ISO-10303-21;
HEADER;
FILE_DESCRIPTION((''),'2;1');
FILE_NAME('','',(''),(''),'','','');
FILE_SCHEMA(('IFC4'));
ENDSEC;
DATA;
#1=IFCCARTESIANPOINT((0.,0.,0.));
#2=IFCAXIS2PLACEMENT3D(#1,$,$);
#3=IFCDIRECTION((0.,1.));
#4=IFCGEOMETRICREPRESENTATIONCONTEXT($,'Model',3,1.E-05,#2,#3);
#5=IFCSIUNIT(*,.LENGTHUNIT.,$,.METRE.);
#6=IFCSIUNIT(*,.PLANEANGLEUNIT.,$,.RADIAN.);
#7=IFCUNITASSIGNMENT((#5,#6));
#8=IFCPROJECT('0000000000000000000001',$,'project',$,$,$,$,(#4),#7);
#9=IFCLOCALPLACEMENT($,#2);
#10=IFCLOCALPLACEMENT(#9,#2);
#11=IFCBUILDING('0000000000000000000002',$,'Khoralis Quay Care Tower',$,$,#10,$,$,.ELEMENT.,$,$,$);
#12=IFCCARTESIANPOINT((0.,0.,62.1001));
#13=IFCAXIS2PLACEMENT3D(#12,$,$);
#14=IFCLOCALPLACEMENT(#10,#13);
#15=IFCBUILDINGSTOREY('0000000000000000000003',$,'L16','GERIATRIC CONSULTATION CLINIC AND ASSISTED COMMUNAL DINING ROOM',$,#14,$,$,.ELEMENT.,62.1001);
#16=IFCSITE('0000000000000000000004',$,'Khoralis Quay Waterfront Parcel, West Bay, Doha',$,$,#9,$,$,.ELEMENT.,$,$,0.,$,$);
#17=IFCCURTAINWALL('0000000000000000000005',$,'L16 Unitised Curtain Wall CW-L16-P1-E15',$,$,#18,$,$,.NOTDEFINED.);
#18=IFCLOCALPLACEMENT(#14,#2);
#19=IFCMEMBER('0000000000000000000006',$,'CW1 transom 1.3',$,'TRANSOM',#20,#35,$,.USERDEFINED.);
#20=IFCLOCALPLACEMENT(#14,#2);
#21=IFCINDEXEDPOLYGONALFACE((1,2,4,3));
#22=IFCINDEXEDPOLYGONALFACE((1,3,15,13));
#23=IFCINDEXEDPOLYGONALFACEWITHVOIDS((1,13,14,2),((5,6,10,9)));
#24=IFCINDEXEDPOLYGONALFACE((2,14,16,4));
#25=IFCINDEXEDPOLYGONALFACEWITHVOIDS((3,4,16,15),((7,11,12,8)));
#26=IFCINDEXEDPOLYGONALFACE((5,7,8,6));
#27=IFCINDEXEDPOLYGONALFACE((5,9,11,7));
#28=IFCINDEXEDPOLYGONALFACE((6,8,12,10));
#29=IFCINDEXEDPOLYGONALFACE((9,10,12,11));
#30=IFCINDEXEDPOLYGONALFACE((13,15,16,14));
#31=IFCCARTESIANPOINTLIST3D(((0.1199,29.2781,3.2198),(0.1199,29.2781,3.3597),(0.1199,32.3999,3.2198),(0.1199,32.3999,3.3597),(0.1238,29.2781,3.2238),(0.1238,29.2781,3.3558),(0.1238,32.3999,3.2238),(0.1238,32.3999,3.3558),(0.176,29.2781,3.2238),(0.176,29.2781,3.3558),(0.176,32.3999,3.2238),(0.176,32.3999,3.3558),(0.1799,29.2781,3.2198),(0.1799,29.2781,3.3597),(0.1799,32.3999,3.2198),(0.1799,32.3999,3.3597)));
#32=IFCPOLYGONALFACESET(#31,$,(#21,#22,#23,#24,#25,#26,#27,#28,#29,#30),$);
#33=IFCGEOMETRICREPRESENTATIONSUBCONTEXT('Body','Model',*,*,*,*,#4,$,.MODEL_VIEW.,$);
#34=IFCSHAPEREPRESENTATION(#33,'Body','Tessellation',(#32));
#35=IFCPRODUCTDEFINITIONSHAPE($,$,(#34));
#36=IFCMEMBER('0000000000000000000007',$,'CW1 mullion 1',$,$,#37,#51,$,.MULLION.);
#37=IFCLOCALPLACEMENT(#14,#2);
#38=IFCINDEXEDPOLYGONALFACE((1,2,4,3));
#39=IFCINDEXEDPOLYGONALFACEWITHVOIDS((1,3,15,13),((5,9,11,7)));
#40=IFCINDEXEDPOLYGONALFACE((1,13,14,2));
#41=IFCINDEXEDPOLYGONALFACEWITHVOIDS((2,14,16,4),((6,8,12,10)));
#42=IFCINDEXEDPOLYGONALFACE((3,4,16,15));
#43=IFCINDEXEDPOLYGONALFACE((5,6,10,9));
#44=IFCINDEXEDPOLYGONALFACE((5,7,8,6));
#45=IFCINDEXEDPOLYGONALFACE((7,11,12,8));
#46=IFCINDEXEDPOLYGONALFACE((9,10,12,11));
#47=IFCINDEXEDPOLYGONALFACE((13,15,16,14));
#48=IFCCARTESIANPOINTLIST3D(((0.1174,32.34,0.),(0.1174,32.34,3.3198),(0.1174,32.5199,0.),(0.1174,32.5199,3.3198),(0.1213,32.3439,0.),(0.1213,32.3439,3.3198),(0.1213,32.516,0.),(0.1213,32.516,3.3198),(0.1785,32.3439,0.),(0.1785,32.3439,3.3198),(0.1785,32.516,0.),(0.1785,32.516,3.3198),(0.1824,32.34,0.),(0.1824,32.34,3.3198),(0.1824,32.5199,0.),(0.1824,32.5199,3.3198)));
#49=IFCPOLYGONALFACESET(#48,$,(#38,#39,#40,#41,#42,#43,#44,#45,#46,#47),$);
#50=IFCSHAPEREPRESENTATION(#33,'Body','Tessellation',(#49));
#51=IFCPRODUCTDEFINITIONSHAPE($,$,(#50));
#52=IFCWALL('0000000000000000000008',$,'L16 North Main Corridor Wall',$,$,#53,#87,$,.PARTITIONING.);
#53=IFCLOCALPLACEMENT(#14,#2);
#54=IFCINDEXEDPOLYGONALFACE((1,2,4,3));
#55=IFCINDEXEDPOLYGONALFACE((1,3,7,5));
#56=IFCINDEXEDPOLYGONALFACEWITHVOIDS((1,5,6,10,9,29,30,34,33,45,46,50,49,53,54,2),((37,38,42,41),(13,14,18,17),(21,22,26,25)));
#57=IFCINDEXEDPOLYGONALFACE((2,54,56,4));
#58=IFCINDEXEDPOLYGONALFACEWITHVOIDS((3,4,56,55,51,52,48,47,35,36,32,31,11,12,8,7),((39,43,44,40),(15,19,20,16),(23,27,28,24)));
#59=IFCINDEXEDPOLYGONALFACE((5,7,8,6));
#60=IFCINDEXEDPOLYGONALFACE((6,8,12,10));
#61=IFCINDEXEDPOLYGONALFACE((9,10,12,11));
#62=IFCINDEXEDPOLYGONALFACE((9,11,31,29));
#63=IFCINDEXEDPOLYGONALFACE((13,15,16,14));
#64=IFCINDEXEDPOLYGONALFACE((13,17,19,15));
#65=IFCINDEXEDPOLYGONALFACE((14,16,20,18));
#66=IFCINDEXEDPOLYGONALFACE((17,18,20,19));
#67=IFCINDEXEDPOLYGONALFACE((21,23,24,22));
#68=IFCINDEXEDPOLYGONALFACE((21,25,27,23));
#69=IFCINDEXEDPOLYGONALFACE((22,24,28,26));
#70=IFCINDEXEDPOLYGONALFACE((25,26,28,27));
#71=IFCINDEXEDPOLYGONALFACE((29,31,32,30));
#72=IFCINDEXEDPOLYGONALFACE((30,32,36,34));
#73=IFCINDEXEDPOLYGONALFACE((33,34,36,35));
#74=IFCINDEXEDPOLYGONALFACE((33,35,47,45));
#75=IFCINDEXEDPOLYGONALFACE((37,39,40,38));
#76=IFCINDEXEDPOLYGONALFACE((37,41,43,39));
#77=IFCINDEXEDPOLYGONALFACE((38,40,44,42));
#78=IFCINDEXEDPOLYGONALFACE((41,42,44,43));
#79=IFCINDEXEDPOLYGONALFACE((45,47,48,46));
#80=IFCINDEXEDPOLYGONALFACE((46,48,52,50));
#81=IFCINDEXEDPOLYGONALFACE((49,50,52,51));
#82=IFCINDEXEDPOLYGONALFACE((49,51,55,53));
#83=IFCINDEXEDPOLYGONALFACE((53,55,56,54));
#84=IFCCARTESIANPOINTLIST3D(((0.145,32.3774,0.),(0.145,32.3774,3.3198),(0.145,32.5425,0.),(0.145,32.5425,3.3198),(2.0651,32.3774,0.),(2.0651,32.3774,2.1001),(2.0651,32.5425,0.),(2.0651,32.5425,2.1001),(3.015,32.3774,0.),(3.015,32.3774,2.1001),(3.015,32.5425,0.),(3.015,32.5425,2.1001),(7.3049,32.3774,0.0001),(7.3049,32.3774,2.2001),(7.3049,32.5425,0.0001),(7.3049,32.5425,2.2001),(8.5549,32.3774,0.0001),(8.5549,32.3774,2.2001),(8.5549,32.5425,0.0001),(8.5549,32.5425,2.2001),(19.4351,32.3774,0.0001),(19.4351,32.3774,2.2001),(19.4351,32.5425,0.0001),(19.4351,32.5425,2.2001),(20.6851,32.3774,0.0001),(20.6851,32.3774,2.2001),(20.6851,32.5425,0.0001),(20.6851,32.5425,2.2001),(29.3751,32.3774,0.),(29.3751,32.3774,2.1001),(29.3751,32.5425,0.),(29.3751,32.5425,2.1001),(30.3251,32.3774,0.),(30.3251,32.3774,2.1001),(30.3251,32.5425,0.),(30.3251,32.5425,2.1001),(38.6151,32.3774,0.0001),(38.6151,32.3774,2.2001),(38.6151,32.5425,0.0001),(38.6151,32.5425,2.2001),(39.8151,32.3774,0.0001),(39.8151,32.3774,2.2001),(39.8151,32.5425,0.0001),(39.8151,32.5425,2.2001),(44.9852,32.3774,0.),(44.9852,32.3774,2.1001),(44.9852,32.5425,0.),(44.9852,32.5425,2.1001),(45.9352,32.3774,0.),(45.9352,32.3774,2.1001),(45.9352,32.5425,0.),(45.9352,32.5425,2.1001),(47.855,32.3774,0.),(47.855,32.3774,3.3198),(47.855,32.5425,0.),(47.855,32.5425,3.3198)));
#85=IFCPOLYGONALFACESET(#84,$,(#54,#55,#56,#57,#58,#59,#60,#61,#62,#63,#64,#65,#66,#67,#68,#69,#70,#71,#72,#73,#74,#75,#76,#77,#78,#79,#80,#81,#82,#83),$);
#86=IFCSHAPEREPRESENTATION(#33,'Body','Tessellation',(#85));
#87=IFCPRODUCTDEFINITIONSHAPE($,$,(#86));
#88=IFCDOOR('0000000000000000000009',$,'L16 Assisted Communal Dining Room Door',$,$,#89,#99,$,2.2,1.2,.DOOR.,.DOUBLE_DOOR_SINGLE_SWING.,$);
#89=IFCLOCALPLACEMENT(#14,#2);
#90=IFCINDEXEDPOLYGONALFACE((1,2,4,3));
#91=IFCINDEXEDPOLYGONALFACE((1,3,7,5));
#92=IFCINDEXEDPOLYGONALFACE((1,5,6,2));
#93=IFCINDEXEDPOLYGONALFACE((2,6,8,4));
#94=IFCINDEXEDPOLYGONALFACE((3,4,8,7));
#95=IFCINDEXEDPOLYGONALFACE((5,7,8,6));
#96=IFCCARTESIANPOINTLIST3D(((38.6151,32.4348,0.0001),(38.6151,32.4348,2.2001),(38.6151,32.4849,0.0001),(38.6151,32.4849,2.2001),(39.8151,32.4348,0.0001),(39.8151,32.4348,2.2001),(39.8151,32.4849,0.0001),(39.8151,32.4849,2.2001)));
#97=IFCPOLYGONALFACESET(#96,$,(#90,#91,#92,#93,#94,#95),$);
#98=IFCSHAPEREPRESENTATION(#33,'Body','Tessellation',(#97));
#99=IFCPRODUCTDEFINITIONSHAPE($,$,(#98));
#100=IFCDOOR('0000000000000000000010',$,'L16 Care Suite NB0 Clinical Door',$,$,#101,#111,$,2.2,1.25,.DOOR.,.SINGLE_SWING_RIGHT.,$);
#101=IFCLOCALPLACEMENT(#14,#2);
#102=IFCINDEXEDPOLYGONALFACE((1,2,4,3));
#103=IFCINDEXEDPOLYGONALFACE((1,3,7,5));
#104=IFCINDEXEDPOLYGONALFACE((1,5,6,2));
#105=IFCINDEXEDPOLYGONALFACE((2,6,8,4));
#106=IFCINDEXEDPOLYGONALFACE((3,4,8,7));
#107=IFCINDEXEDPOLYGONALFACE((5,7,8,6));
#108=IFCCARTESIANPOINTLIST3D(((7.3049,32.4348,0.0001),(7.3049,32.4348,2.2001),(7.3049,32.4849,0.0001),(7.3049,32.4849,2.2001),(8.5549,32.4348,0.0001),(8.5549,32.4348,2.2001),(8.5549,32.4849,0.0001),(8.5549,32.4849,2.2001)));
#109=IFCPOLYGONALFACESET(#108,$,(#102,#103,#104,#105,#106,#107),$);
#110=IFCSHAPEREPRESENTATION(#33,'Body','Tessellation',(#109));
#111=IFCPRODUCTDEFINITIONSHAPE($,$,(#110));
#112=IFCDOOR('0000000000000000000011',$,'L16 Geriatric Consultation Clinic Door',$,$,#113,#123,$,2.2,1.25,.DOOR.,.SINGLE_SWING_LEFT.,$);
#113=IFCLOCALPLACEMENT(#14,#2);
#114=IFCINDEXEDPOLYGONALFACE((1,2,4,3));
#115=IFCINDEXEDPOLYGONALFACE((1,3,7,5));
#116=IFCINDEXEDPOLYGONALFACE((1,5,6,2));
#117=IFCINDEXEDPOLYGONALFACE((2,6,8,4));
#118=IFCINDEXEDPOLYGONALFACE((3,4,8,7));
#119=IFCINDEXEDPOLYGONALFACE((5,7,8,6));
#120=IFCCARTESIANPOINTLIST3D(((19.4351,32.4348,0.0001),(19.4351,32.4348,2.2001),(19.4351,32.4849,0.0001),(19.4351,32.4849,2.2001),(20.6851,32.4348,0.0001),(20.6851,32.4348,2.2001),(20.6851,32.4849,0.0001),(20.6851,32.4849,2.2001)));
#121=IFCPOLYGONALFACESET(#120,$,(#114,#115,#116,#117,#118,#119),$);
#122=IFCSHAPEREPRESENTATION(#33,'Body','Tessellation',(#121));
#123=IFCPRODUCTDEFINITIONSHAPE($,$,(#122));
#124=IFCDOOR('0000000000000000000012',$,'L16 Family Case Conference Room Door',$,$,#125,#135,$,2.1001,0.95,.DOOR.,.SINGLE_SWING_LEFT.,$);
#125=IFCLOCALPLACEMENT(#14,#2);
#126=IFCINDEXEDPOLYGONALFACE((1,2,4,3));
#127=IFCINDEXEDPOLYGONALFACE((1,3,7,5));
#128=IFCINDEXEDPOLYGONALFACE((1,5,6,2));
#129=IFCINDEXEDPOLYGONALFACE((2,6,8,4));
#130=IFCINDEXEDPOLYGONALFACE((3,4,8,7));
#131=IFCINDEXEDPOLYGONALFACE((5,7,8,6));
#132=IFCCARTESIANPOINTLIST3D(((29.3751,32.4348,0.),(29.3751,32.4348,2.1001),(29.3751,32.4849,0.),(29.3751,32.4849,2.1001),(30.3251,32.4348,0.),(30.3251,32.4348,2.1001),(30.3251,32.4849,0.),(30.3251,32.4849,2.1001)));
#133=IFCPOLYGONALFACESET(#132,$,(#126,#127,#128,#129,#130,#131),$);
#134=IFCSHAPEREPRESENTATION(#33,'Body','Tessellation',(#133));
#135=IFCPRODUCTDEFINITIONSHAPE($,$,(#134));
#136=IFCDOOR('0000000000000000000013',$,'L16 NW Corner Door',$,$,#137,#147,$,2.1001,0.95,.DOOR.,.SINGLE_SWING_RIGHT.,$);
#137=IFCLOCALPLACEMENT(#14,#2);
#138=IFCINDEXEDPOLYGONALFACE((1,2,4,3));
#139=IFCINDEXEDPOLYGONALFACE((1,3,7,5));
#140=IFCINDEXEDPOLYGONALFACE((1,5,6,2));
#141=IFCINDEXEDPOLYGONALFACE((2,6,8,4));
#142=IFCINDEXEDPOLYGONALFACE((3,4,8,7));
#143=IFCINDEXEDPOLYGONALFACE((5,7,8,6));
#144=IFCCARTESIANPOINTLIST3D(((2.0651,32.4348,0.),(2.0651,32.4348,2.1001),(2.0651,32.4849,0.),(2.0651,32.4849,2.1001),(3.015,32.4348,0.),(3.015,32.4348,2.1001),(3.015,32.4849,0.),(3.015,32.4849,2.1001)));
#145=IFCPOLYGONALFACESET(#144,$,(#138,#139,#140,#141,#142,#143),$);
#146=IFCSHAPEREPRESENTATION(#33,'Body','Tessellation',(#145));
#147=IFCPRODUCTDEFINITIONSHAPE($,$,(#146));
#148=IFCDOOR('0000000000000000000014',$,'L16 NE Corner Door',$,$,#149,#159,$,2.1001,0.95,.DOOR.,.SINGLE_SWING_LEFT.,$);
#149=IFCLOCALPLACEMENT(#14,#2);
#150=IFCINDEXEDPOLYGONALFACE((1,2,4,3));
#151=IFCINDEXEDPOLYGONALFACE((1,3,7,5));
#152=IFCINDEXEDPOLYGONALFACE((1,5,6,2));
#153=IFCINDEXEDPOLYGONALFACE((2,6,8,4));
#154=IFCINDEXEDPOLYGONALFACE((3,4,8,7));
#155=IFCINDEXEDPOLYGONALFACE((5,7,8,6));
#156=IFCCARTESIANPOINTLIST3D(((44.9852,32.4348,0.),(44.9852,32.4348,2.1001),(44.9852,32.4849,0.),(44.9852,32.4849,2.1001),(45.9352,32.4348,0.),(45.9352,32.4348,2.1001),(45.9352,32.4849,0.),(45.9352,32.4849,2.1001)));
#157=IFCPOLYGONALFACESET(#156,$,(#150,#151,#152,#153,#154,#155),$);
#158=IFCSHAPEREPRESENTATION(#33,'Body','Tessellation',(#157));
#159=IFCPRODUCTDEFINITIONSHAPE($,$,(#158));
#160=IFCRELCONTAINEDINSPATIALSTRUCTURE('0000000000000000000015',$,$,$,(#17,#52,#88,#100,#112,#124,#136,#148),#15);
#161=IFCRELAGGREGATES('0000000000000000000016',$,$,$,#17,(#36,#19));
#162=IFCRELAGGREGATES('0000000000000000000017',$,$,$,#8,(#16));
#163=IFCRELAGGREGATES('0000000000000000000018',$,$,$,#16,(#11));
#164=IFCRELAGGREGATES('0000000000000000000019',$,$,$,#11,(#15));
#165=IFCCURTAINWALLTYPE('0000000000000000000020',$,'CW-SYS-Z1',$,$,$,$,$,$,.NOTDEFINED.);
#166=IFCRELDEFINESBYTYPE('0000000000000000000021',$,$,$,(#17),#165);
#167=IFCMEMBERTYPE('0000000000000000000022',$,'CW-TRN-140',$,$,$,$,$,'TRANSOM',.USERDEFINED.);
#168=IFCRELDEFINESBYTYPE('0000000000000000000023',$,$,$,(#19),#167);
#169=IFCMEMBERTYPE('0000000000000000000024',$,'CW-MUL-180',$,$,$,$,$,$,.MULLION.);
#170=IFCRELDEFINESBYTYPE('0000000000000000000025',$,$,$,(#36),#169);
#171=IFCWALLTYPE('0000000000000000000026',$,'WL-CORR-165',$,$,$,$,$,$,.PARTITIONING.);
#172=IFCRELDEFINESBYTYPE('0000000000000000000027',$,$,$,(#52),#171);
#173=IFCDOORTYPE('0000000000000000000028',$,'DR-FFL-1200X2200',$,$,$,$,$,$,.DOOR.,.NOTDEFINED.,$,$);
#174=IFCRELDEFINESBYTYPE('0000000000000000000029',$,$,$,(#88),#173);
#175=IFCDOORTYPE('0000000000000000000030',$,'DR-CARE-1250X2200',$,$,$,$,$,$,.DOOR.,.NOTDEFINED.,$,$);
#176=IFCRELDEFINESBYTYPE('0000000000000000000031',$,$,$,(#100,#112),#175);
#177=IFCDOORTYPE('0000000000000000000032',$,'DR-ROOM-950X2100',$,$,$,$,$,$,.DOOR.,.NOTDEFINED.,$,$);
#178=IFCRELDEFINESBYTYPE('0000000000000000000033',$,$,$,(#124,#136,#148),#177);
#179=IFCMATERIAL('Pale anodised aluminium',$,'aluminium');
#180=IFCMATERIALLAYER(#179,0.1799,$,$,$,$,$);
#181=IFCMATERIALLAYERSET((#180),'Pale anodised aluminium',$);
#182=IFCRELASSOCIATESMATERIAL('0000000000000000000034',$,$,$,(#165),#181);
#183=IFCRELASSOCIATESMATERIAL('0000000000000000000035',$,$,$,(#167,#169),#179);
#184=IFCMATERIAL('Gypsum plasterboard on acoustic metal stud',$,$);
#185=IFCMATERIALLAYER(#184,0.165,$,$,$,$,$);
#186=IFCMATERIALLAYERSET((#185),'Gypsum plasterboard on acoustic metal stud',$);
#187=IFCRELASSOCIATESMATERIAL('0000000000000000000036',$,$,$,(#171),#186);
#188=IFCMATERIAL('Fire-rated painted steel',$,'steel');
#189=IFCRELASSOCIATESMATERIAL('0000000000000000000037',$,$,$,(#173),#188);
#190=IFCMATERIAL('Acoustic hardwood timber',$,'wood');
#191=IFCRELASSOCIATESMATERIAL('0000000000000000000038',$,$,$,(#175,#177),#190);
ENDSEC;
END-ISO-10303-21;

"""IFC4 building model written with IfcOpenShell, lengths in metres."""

from ifc_helpers import new_model, si_unit, direction, frame, frame_2d, origin, origin_2d, place, context, subcontext, project, spatial, rectangle, hollow_rectangle, extrude, source, transform, mapped, material, layer, layer_set, material_profile, profile_set, type_object, element, fill, aggregate, save


model = new_model("IFC4")

# Units and contexts
model_context = context("Model", 3, precision=1e-05, world=origin(), true_north=direction((0.0, 1.0)))
body_context = subcontext(model_context, "Body", "Model", "MODEL_VIEW")
ifc_project = project(units=[si_unit("LENGTHUNIT", "METRE"), si_unit("PLANEANGLEUNIT", "RADIAN")], contexts=[model_context])

# Site, building, storey
site_placement = place(None, origin())
site = spatial("IfcSite", under=ifc_project, at=site_placement, Name="Khoralis Quay Waterfront Parcel, West Bay, Doha", CompositionType="ELEMENT", RefElevation=0.0)
building_placement = place(site_placement, origin())
building = spatial("IfcBuilding", under=site, at=building_placement, Name="Khoralis Quay Care Tower", CompositionType="ELEMENT")
storey_placement = place(building_placement, frame((0.0, 0.0, 62.1001)))
storey = spatial("IfcBuildingStorey", under=building, at=storey_placement, Name="L16", Description="GERIATRIC CONSULTATION CLINIC AND ASSISTED COMMUNAL DINING ROOM", CompositionType="ELEMENT", Elevation=62.1001)

# Curtain wall, members
ifc_material_1 = material(Name="Pale anodised aluminium", Category="aluminium")
ifc_layer_1 = layer(ifc_material_1, 0.1799)
ifc_layer_set_1 = layer_set([ifc_layer_1], Name="Pale anodised aluminium")
curtain_wall_type = type_object("IfcCurtainWallType", Name="CW-SYS-Z1", PredefinedType="NOTDEFINED", material=ifc_layer_set_1)
curtain_wall_placement = place(storey_placement, origin())
curtain_wall = element("IfcCurtainWall", 1, at=curtain_wall_placement, inside=storey, type_object=curtain_wall_type, Name="L16 Unitised Curtain Wall CW-L16-P1-E15", PredefinedType="NOTDEFINED")
ifc_material_profile_1 = material_profile(ifc_material_1, hollow_rectangle(XDim=0.0601, YDim=0.1399, WallThickness=0.0039, at=origin_2d()), Name="Pale anodised aluminium")
ifc_profile_set_1 = profile_set([ifc_material_profile_1], Name="Pale anodised aluminium")
member_type_1 = type_object("IfcMemberType", Name="CW-TRN-140", ElementType="TRANSOM", PredefinedType="USERDEFINED", material=ifc_profile_set_1)
shared_shape_1 = source(origin(), body_context, "Body", "SweptSolid", [
    extrude(hollow_rectangle(XDim=0.0601, YDim=0.1399, WallThickness=0.0039, at=origin_2d()), origin(), (0.0, 0.0, 1.0), 3.1218),
])
member_1_placement = place(storey_placement, frame((0.1499, 32.3999, 3.2898), z_axis=(0.0, -1.0, 0.0), x_axis=(1.0, 0.0, 0.0)))
member_1 = element("IfcMember", 2, at=member_1_placement, type_object=member_type_1, Name="CW1 transom 1.3", ObjectType="TRANSOM", PredefinedType="USERDEFINED", context=body_context, shape_type="MappedRepresentation", body=[
    mapped(shared_shape_1, transform((0.0, 0.0, 0.0), scale=1.0)),
])
ifc_material_profile_2 = material_profile(ifc_material_1, hollow_rectangle(XDim=0.0649, YDim=0.1799, WallThickness=0.0039, at=origin_2d()), Name="Pale anodised aluminium")
ifc_profile_set_2 = profile_set([ifc_material_profile_2], Name="Pale anodised aluminium")
member_type_2 = type_object("IfcMemberType", Name="CW-MUL-180", PredefinedType="MULLION", material=ifc_profile_set_2)
shared_shape_2 = source(origin(), body_context, "Body", "SweptSolid", [
    extrude(hollow_rectangle(XDim=0.0649, YDim=0.1799, WallThickness=0.0039, at=origin_2d()), origin(), (0.0, 0.0, 1.0), 3.3198),
])
member_2_placement = place(storey_placement, frame((0.1499, 32.4299, 0.0), z_axis=(0.0, 0.0, 1.0), x_axis=(1.0, 0.0, 0.0)))
member_2 = element("IfcMember", 3, at=member_2_placement, type_object=member_type_2, Name="CW1 mullion 1", PredefinedType="MULLION", context=body_context, shape_type="MappedRepresentation", body=[
    mapped(shared_shape_2, transform((0.0, 0.0, 0.0), scale=1.0)),
])
aggregate(curtain_wall, [member_2, member_1])

# Wall, openings, doors
ifc_material_2 = material(Name="Gypsum plasterboard on acoustic metal stud")
ifc_layer_2 = layer(ifc_material_2, 0.165)
ifc_layer_set_2 = layer_set([ifc_layer_2], Name="Gypsum plasterboard on acoustic metal stud")
wall_type_1 = type_object("IfcWallType", Name="WL-CORR-165", PredefinedType="PARTITIONING", material=ifc_layer_set_2)
wall_1_placement = place(storey_placement, frame((0.145, 32.46, 0.0), z_axis=(0.0, 0.0, 1.0), x_axis=(1.0, 0.0, 0.0)))
wall_1 = element("IfcWall", 4, at=wall_1_placement, inside=storey, type_object=wall_type_1, Name="L16 North Main Corridor Wall", PredefinedType="PARTITIONING", context=body_context, shape_type="SweptSolid", body=[
    extrude(rectangle(XDim=47.71, YDim=0.165, at=frame_2d((23.855, 0.0))), origin(), (0.0, 0.0, 1.0), 3.3198),
])
opening_1_placement = place(wall_1_placement, frame((7.1599, 0.0, 0.0)))
opening_1 = element("IfcOpeningElement", 5, at=opening_1_placement, cuts=wall_1, PredefinedType="OPENING", context=body_context, shape_type="SweptSolid", body=[
    extrude(rectangle(XDim=1.25, YDim=2.2, at=frame_2d((0.625, 1.1001))), frame((0.0, 0.0925, 0.0), z_axis=(0.0, -1.0, 0.0), x_axis=(1.0, 0.0, 0.0)), (0.0, 0.0, 1.0), 0.1851),
])
opening_2_placement = place(wall_1_placement, frame((19.29, 0.0, 0.0)))
opening_2 = element("IfcOpeningElement", 6, at=opening_2_placement, cuts=wall_1, PredefinedType="OPENING", context=body_context, shape_type="SweptSolid", body=[
    extrude(rectangle(XDim=1.25, YDim=2.2, at=frame_2d((0.625, 1.1001))), frame((0.0, 0.0925, 0.0), z_axis=(0.0, -1.0, 0.0), x_axis=(1.0, 0.0, 0.0)), (0.0, 0.0, 1.0), 0.1851),
])
opening_3_placement = place(wall_1_placement, frame((29.23, 0.0, 0.0)))
opening_3 = element("IfcOpeningElement", 7, at=opening_3_placement, cuts=wall_1, PredefinedType="OPENING", context=body_context, shape_type="SweptSolid", body=[
    extrude(rectangle(XDim=0.95, YDim=2.1001, at=frame_2d((0.4751, 1.05))), frame((0.0, 0.0925, 0.0), z_axis=(0.0, -1.0, 0.0), x_axis=(1.0, 0.0, 0.0)), (0.0, 0.0, 1.0), 0.1851),
])
opening_4_placement = place(wall_1_placement, frame((38.47, 0.0, 0.0)))
opening_4 = element("IfcOpeningElement", 8, at=opening_4_placement, cuts=wall_1, PredefinedType="OPENING", context=body_context, shape_type="SweptSolid", body=[
    extrude(rectangle(XDim=1.2, YDim=2.2, at=frame_2d((0.6001, 1.1001))), frame((0.0, 0.0925, 0.0), z_axis=(0.0, -1.0, 0.0), x_axis=(1.0, 0.0, 0.0)), (0.0, 0.0, 1.0), 0.1851),
])
opening_5_placement = place(wall_1_placement, frame((1.9199, 0.0, 0.0)))
opening_5 = element("IfcOpeningElement", 9, at=opening_5_placement, cuts=wall_1, PredefinedType="OPENING", context=body_context, shape_type="SweptSolid", body=[
    extrude(rectangle(XDim=0.95, YDim=2.1001, at=frame_2d((0.4751, 1.05))), frame((0.0, 0.0925, 0.0), z_axis=(0.0, -1.0, 0.0), x_axis=(1.0, 0.0, 0.0)), (0.0, 0.0, 1.0), 0.1851),
])
opening_6_placement = place(wall_1_placement, frame((44.8401, 0.0, 0.0)))
opening_6 = element("IfcOpeningElement", 10, at=opening_6_placement, cuts=wall_1, PredefinedType="OPENING", context=body_context, shape_type="SweptSolid", body=[
    extrude(rectangle(XDim=0.95, YDim=2.1001, at=frame_2d((0.4751, 1.05))), frame((0.0, 0.0925, 0.0), z_axis=(0.0, -1.0, 0.0), x_axis=(1.0, 0.0, 0.0)), (0.0, 0.0, 1.0), 0.1851),
])
ifc_material_3 = material(Name="Fire-rated painted steel", Category="steel")
door_type_1 = type_object("IfcDoorType", Name="DR-FFL-1200X2200", OperationType="NOTDEFINED", PredefinedType="DOOR", material=ifc_material_3)
shared_shape_3 = source(origin(), body_context, "Body", "SweptSolid", [
    extrude(rectangle(XDim=1.2, YDim=2.2, at=frame_2d((0.6001, 1.1001))), frame((0.0, 0.0249, 0.0), z_axis=(0.0, -1.0, 0.0), x_axis=(1.0, 0.0, 0.0)), (0.0, 0.0, 1.0), 0.05),
])
door_1_placement = place(opening_4_placement, origin())
door_1 = element("IfcDoor", 11, at=door_1_placement, inside=storey, type_object=door_type_1, Name="L16 Assisted Communal Dining Room Door", OperationType="DOUBLE_DOOR_SINGLE_SWING", OverallHeight=2.2, OverallWidth=1.2, PredefinedType="DOOR", context=body_context, shape_type="MappedRepresentation", body=[
    mapped(shared_shape_3, transform((0.0, 0.0, 0.0), scale=1.0)),
])
fill(opening_4, door_1)
ifc_material_4 = material(Name="Acoustic hardwood timber", Category="wood")
door_type_2 = type_object("IfcDoorType", Name="DR-CARE-1250X2200", OperationType="NOTDEFINED", PredefinedType="DOOR", material=ifc_material_4)
shared_shape_4 = source(origin(), body_context, "Body", "SweptSolid", [
    extrude(rectangle(XDim=1.25, YDim=2.2, at=frame_2d((0.625, 1.1001))), frame((0.0, 0.0249, 0.0), z_axis=(0.0, -1.0, 0.0), x_axis=(1.0, 0.0, 0.0)), (0.0, 0.0, 1.0), 0.05),
])
door_2_placement = place(opening_1_placement, origin())
door_2 = element("IfcDoor", 12, at=door_2_placement, inside=storey, type_object=door_type_2, Name="L16 Care Suite NB0 Clinical Door", OperationType="SINGLE_SWING_RIGHT", OverallHeight=2.2, OverallWidth=1.25, PredefinedType="DOOR", context=body_context, shape_type="MappedRepresentation", body=[
    mapped(shared_shape_4, transform((0.0, 0.0, 0.0), scale=1.0)),
])
fill(opening_1, door_2)
door_3_placement = place(opening_2_placement, origin())
door_3 = element("IfcDoor", 13, at=door_3_placement, inside=storey, type_object=door_type_2, Name="L16 Geriatric Consultation Clinic Door", OperationType="SINGLE_SWING_LEFT", OverallHeight=2.2, OverallWidth=1.25, PredefinedType="DOOR", context=body_context, shape_type="MappedRepresentation", body=[
    mapped(shared_shape_4, transform((0.0, 0.0, 0.0), scale=1.0)),
])
fill(opening_2, door_3)
door_type_3 = type_object("IfcDoorType", Name="DR-ROOM-950X2100", OperationType="NOTDEFINED", PredefinedType="DOOR", material=ifc_material_4)
shared_shape_5 = source(origin(), body_context, "Body", "SweptSolid", [
    extrude(rectangle(XDim=0.95, YDim=2.1001, at=frame_2d((0.4751, 1.05))), frame((0.0, 0.0249, 0.0), z_axis=(0.0, -1.0, 0.0), x_axis=(1.0, 0.0, 0.0)), (0.0, 0.0, 1.0), 0.05),
])
door_4_placement = place(opening_3_placement, origin())
door_4 = element("IfcDoor", 14, at=door_4_placement, inside=storey, type_object=door_type_3, Name="L16 Family Case Conference Room Door", OperationType="SINGLE_SWING_LEFT", OverallHeight=2.1001, OverallWidth=0.95, PredefinedType="DOOR", context=body_context, shape_type="MappedRepresentation", body=[
    mapped(shared_shape_5, transform((0.0, 0.0, 0.0), scale=1.0)),
])
fill(opening_3, door_4)
door_5_placement = place(opening_5_placement, origin())
door_5 = element("IfcDoor", 15, at=door_5_placement, inside=storey, type_object=door_type_3, Name="L16 NW Corner Door", OperationType="SINGLE_SWING_RIGHT", OverallHeight=2.1001, OverallWidth=0.95, PredefinedType="DOOR", context=body_context, shape_type="MappedRepresentation", body=[
    mapped(shared_shape_5, transform((0.0, 0.0, 0.0), scale=1.0)),
])
fill(opening_5, door_5)
door_6_placement = place(opening_6_placement, origin())
door_6 = element("IfcDoor", 16, at=door_6_placement, inside=storey, type_object=door_type_3, Name="L16 NE Corner Door", OperationType="SINGLE_SWING_LEFT", OverallHeight=2.1001, OverallWidth=0.95, PredefinedType="DOOR", context=body_context, shape_type="MappedRepresentation", body=[
    mapped(shared_shape_5, transform((0.0, 0.0, 0.0), scale=1.0)),
])
fill(opening_6, door_6)

save(model, "model.ifc")
